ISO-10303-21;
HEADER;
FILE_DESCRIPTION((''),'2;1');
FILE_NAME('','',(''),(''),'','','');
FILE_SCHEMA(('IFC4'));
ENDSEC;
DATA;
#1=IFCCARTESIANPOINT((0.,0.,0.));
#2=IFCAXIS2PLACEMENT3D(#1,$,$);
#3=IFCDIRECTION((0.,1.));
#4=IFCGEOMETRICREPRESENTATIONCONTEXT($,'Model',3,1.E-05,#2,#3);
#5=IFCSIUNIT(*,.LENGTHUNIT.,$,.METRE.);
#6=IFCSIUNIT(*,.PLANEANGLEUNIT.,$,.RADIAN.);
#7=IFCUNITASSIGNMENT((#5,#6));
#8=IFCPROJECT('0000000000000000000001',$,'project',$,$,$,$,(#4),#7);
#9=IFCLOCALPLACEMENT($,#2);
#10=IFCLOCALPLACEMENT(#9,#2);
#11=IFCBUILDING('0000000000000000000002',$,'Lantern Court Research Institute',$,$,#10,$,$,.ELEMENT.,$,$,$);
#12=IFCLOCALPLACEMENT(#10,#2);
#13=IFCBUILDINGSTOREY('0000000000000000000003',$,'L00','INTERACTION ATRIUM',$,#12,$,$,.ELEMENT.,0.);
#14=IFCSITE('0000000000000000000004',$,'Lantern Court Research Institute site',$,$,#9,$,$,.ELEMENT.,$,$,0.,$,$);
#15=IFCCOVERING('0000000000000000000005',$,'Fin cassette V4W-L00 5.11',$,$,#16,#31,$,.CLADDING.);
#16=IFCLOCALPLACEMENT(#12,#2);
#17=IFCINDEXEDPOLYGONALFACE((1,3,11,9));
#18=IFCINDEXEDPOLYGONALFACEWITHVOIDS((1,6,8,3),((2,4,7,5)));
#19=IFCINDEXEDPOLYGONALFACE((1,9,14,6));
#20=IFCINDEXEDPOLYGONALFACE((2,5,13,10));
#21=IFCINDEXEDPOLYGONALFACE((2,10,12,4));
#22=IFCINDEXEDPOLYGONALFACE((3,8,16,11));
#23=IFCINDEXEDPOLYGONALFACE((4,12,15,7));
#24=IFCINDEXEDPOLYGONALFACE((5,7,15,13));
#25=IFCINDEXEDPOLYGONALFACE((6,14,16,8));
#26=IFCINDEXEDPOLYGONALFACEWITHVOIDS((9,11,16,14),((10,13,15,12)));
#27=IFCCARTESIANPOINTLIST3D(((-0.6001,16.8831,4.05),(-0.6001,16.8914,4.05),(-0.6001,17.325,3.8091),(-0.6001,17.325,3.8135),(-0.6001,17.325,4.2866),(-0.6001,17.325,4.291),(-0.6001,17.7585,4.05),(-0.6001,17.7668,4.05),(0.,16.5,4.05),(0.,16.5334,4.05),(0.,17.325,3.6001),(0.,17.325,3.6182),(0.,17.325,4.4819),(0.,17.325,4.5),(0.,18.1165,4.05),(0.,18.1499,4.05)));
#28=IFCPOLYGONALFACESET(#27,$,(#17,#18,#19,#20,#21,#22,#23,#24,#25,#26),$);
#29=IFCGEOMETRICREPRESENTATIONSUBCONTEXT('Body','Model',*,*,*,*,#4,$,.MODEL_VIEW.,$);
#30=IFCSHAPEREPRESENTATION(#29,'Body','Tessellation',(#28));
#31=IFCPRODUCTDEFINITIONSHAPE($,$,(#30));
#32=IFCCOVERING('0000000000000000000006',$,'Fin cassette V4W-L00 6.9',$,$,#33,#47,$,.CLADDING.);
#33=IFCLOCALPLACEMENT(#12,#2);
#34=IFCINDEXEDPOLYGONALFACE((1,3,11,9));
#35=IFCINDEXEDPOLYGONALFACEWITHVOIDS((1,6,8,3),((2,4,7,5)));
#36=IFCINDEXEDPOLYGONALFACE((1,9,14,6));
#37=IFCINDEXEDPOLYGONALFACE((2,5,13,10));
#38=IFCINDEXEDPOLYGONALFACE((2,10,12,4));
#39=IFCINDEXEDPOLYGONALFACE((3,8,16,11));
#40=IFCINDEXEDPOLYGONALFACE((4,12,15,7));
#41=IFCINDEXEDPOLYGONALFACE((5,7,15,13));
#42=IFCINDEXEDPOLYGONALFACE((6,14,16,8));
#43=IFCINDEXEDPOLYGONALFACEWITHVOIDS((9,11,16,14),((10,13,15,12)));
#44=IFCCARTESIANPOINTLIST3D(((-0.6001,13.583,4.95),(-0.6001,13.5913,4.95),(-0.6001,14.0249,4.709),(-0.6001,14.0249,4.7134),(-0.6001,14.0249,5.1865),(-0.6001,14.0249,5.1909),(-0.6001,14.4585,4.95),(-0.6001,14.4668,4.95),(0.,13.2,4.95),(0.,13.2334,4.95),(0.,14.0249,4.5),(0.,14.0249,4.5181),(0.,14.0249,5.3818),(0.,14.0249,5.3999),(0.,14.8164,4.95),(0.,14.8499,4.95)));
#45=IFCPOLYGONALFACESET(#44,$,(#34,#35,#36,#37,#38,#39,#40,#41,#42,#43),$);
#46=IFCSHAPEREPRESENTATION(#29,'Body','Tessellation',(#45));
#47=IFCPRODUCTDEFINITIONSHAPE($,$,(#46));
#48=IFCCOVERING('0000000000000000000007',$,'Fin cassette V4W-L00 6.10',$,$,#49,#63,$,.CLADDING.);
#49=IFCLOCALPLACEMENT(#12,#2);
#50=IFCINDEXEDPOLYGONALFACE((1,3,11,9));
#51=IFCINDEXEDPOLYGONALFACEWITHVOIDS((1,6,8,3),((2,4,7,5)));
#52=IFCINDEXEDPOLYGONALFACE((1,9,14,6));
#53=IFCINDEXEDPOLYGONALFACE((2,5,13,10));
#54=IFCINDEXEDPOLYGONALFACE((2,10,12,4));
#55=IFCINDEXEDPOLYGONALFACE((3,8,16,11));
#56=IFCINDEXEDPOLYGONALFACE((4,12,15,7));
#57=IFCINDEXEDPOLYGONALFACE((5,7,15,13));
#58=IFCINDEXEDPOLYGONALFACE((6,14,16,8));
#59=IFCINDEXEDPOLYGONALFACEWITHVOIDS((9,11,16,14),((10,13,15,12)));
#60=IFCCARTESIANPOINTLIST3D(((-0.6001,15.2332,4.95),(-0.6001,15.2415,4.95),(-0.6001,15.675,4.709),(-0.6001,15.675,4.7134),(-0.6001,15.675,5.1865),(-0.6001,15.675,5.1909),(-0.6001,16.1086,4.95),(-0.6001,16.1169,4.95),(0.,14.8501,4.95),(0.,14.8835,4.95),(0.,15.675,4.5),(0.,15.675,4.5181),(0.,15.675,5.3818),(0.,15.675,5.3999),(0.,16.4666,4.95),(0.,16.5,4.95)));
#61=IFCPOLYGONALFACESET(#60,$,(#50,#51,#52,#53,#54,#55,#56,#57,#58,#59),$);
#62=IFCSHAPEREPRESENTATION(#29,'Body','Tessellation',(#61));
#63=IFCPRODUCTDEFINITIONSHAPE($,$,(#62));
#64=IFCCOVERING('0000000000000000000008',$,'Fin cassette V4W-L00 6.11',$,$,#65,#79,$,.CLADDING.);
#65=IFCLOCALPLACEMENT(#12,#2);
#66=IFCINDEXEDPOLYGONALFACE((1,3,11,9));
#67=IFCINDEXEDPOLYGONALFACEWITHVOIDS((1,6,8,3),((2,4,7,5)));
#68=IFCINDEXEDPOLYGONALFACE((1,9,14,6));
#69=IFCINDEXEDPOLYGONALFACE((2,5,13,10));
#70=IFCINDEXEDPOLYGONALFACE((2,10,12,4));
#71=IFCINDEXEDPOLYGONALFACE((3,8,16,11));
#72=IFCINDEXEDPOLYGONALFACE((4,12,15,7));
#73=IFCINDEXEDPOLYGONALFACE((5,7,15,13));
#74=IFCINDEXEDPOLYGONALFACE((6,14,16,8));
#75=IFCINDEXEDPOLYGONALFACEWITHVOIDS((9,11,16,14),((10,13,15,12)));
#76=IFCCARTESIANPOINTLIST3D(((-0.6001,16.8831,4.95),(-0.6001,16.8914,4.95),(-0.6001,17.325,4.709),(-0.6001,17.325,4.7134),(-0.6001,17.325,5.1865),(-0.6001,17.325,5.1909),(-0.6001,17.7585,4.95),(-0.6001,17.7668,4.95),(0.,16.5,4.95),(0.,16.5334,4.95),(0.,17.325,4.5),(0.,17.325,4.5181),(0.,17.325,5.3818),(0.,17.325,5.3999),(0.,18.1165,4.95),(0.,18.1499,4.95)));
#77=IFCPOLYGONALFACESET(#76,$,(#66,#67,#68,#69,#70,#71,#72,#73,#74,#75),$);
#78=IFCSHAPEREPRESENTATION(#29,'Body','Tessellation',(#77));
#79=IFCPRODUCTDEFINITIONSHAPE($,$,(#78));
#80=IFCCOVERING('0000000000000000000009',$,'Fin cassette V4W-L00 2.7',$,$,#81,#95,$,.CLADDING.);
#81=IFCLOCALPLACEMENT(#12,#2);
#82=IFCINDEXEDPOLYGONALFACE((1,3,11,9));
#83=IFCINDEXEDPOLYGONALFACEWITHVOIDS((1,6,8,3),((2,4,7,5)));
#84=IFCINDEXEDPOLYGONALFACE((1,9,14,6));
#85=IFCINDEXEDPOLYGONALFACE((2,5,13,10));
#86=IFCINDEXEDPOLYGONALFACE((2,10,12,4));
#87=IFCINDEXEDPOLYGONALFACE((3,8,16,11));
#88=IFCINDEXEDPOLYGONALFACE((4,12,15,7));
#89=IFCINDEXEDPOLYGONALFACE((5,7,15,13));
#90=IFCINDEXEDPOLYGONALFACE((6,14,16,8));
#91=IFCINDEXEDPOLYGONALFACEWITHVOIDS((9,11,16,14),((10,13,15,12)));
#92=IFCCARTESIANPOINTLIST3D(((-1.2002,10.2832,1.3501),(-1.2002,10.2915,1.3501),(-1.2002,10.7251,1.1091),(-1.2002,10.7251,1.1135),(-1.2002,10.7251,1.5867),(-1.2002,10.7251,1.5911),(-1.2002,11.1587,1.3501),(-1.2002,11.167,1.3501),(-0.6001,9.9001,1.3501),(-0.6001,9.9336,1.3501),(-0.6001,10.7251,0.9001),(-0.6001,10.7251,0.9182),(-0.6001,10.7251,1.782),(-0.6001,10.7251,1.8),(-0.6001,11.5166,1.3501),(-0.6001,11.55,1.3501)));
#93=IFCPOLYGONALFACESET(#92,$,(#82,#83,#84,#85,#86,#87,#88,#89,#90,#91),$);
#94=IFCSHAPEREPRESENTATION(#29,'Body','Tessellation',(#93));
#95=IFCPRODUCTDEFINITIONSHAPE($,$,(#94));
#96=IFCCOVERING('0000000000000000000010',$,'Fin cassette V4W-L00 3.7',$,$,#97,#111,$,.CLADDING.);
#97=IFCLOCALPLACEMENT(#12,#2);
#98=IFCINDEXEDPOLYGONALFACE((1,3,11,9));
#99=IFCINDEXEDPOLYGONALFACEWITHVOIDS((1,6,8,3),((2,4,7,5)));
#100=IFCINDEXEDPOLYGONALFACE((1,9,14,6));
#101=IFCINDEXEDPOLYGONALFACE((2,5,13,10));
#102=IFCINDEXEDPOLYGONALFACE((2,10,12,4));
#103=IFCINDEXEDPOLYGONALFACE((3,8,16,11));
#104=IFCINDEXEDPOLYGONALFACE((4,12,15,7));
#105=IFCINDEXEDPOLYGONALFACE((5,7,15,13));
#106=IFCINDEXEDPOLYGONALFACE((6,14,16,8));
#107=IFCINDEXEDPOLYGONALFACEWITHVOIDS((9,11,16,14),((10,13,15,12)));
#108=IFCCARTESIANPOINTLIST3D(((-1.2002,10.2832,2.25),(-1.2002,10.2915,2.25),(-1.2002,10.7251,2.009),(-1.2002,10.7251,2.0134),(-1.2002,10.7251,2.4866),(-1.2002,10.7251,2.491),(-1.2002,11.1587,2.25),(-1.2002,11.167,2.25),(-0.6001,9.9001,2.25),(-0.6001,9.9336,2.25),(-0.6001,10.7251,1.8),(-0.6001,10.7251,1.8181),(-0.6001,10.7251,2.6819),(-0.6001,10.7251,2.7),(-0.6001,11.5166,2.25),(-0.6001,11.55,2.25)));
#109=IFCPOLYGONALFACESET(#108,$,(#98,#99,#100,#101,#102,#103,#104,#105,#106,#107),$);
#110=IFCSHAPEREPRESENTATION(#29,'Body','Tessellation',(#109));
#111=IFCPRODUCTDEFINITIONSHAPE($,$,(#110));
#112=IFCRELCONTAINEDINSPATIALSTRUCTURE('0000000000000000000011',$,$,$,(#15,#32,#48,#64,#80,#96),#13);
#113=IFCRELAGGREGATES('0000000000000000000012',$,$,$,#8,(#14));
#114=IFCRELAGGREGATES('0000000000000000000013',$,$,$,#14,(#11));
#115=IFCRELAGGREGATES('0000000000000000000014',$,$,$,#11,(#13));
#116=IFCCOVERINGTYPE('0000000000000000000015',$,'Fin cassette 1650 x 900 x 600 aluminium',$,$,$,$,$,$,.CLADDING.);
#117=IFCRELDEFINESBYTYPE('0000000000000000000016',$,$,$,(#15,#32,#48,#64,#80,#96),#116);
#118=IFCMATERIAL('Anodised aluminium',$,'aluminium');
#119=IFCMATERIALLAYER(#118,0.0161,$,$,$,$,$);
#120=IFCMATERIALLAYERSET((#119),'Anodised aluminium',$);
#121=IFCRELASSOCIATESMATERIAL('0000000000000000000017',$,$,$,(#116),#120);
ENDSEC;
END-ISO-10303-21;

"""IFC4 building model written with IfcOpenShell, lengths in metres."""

from ifc_helpers import new_model, entity, si_unit, direction, frame, origin, place, context, subcontext, project, spatial, material, layer, layer_set, type_object, element, save


model = new_model("IFC4")

# Units and contexts
model_context = context("Model", 3, precision=1e-05, world=origin(), true_north=direction((0.0, 1.0)))
body_context = subcontext(model_context, "Body", "Model", "MODEL_VIEW")
ifc_project = project(units=[si_unit("LENGTHUNIT", "METRE"), si_unit("PLANEANGLEUNIT", "RADIAN")], contexts=[model_context])

# Site, building, storey
site_placement = place(None, origin())
site = spatial("IfcSite", under=ifc_project, at=site_placement, Name="Lantern Court Research Institute site", CompositionType="ELEMENT", RefElevation=0.0)
building_placement = place(site_placement, origin())
building = spatial("IfcBuilding", under=site, at=building_placement, Name="Lantern Court Research Institute", CompositionType="ELEMENT")
storey_placement = place(building_placement, origin())
storey = spatial("IfcBuildingStorey", under=building, at=storey_placement, Name="L00", Description="INTERACTION ATRIUM", CompositionType="ELEMENT", Elevation=0.0)

# Coverings
ifc_material_1 = material(Name="Anodised aluminium", Category="aluminium")
ifc_layer_1 = layer(ifc_material_1, 0.0161)
ifc_layer_set_1 = layer_set([ifc_layer_1], Name="Anodised aluminium")
covering_type = type_object("IfcCoveringType", Name="Fin cassette 1650 x 900 x 600 aluminium", PredefinedType="CLADDING", material=ifc_layer_set_1)
covering_1_placement = place(storey_placement, frame((0.0, 17.325, 4.05), z_axis=(-1.0, 0.0, 0.0), x_axis=(0.0, -1.0, 0.0)))
cartesian_point_1 = entity("IfcCartesianPoint", [0.825, 0.0])
cartesian_point_2 = entity("IfcCartesianPoint", [0.7915, 0.0])
cartesian_point_3 = entity("IfcCartesianPoint", [0.4419, 0.0])
cartesian_point_4 = entity("IfcCartesianPoint", [0.4336, 0.0])
element("IfcCovering", 1, at=covering_1_placement, inside=storey, type_object=covering_type, Name="Fin cassette V4W-L00 5.11", PredefinedType="CLADDING", context=body_context, shape_type="SweptSolid", body=[
    entity("IfcExtrudedAreaSolidTapered", entity("IfcArbitraryProfileDefWithVoids", "AREA", None, entity("IfcPolyline", [cartesian_point_1, entity("IfcCartesianPoint", [0.0, 0.45]), entity("IfcCartesianPoint", [-0.825, 0.0]), entity("IfcCartesianPoint", [0.0, -0.45]), cartesian_point_1]), [entity("IfcPolyline", [cartesian_point_2, entity("IfcCartesianPoint", [0.0, 0.4319]), entity("IfcCartesianPoint", [-0.7915, 0.0]), entity("IfcCartesianPoint", [0.0, -0.4319]), cartesian_point_2])]), entity("IfcAxis2Placement3D", entity("IfcCartesianPoint", [0.0, 0.0, 0.0])), entity("IfcDirection", [0.0, 0.0, 1.0]), 0.6001, entity("IfcArbitraryProfileDefWithVoids", "AREA", None, entity("IfcPolyline", [cartesian_point_3, entity("IfcCartesianPoint", [0.0, 0.241]), entity("IfcCartesianPoint", [-0.4419, 0.0]), entity("IfcCartesianPoint", [0.0, -0.241]), cartesian_point_3]), [entity("IfcPolyline", [cartesian_point_4, entity("IfcCartesianPoint", [0.0, 0.2366]), entity("IfcCartesianPoint", [-0.4336, 0.0]), entity("IfcCartesianPoint", [0.0, -0.2366]), cartesian_point_4])])),
])
covering_2_placement = place(storey_placement, frame((0.0, 14.0249, 4.95), z_axis=(-1.0, 0.0, 0.0), x_axis=(0.0, -1.0, 0.0)))
cartesian_point_5 = entity("IfcCartesianPoint", [0.825, 0.0])
cartesian_point_6 = entity("IfcCartesianPoint", [0.7915, 0.0])
cartesian_point_7 = entity("IfcCartesianPoint", [0.4419, 0.0])
cartesian_point_8 = entity("IfcCartesianPoint", [0.4336, 0.0])
element("IfcCovering", 2, at=covering_2_placement, inside=storey, type_object=covering_type, Name="Fin cassette V4W-L00 6.9", PredefinedType="CLADDING", context=body_context, shape_type="SweptSolid", body=[
    entity("IfcExtrudedAreaSolidTapered", entity("IfcArbitraryProfileDefWithVoids", "AREA", None, entity("IfcPolyline", [cartesian_point_5, entity("IfcCartesianPoint", [0.0, 0.45]), entity("IfcCartesianPoint", [-0.825, 0.0]), entity("IfcCartesianPoint", [0.0, -0.45]), cartesian_point_5]), [entity("IfcPolyline", [cartesian_point_6, entity("IfcCartesianPoint", [0.0, 0.4319]), entity("IfcCartesianPoint", [-0.7915, 0.0]), entity("IfcCartesianPoint", [0.0, -0.4319]), cartesian_point_6])]), entity("IfcAxis2Placement3D", entity("IfcCartesianPoint", [0.0, 0.0, 0.0])), entity("IfcDirection", [0.0, 0.0, 1.0]), 0.6001, entity("IfcArbitraryProfileDefWithVoids", "AREA", None, entity("IfcPolyline", [cartesian_point_7, entity("IfcCartesianPoint", [0.0, 0.241]), entity("IfcCartesianPoint", [-0.4419, 0.0]), entity("IfcCartesianPoint", [0.0, -0.241]), cartesian_point_7]), [entity("IfcPolyline", [cartesian_point_8, entity("IfcCartesianPoint", [0.0, 0.2366]), entity("IfcCartesianPoint", [-0.4336, 0.0]), entity("IfcCartesianPoint", [0.0, -0.2366]), cartesian_point_8])])),
])
covering_3_placement = place(storey_placement, frame((0.0, 15.675, 4.95), z_axis=(-1.0, 0.0, 0.0), x_axis=(0.0, -1.0, 0.0)))
cartesian_point_9 = entity("IfcCartesianPoint", [0.825, 0.0])
cartesian_point_10 = entity("IfcCartesianPoint", [0.7915, 0.0])
cartesian_point_11 = entity("IfcCartesianPoint", [0.4419, 0.0])
cartesian_point_12 = entity("IfcCartesianPoint", [0.4336, 0.0])
element("IfcCovering", 3, at=covering_3_placement, inside=storey, type_object=covering_type, Name="Fin cassette V4W-L00 6.10", PredefinedType="CLADDING", context=body_context, shape_type="SweptSolid", body=[
    entity("IfcExtrudedAreaSolidTapered", entity("IfcArbitraryProfileDefWithVoids", "AREA", None, entity("IfcPolyline", [cartesian_point_9, entity("IfcCartesianPoint", [0.0, 0.45]), entity("IfcCartesianPoint", [-0.825, 0.0]), entity("IfcCartesianPoint", [0.0, -0.45]), cartesian_point_9]), [entity("IfcPolyline", [cartesian_point_10, entity("IfcCartesianPoint", [0.0, 0.4319]), entity("IfcCartesianPoint", [-0.7915, 0.0]), entity("IfcCartesianPoint", [0.0, -0.4319]), cartesian_point_10])]), entity("IfcAxis2Placement3D", entity("IfcCartesianPoint", [0.0, 0.0, 0.0])), entity("IfcDirection", [0.0, 0.0, 1.0]), 0.6001, entity("IfcArbitraryProfileDefWithVoids", "AREA", None, entity("IfcPolyline", [cartesian_point_11, entity("IfcCartesianPoint", [0.0, 0.241]), entity("IfcCartesianPoint", [-0.4419, 0.0]), entity("IfcCartesianPoint", [0.0, -0.241]), cartesian_point_11]), [entity("IfcPolyline", [cartesian_point_12, entity("IfcCartesianPoint", [0.0, 0.2366]), entity("IfcCartesianPoint", [-0.4336, 0.0]), entity("IfcCartesianPoint", [0.0, -0.2366]), cartesian_point_12])])),
])
covering_4_placement = place(storey_placement, frame((0.0, 17.325, 4.95), z_axis=(-1.0, 0.0, 0.0), x_axis=(0.0, -1.0, 0.0)))
cartesian_point_13 = entity("IfcCartesianPoint", [0.825, 0.0])
cartesian_point_14 = entity("IfcCartesianPoint", [0.7915, 0.0])
cartesian_point_15 = entity("IfcCartesianPoint", [0.4419, 0.0])
cartesian_point_16 = entity("IfcCartesianPoint", [0.4336, 0.0])
element("IfcCovering", 4, at=covering_4_placement, inside=storey, type_object=covering_type, Name="Fin cassette V4W-L00 6.11", PredefinedType="CLADDING", context=body_context, shape_type="SweptSolid", body=[
    entity("IfcExtrudedAreaSolidTapered", entity("IfcArbitraryProfileDefWithVoids", "AREA", None, entity("IfcPolyline", [cartesian_point_13, entity("IfcCartesianPoint", [0.0, 0.45]), entity("IfcCartesianPoint", [-0.825, 0.0]), entity("IfcCartesianPoint", [0.0, -0.45]), cartesian_point_13]), [entity("IfcPolyline", [cartesian_point_14, entity("IfcCartesianPoint", [0.0, 0.4319]), entity("IfcCartesianPoint", [-0.7915, 0.0]), entity("IfcCartesianPoint", [0.0, -0.4319]), cartesian_point_14])]), entity("IfcAxis2Placement3D", entity("IfcCartesianPoint", [0.0, 0.0, 0.0])), entity("IfcDirection", [0.0, 0.0, 1.0]), 0.6001, entity("IfcArbitraryProfileDefWithVoids", "AREA", None, entity("IfcPolyline", [cartesian_point_15, entity("IfcCartesianPoint", [0.0, 0.241]), entity("IfcCartesianPoint", [-0.4419, 0.0]), entity("IfcCartesianPoint", [0.0, -0.241]), cartesian_point_15]), [entity("IfcPolyline", [cartesian_point_16, entity("IfcCartesianPoint", [0.0, 0.2366]), entity("IfcCartesianPoint", [-0.4336, 0.0]), entity("IfcCartesianPoint", [0.0, -0.2366]), cartesian_point_16])])),
])
covering_5_placement = place(storey_placement, frame((-0.6001, 10.7251, 1.3501), z_axis=(-1.0, 0.0, 0.0), x_axis=(0.0, -1.0, 0.0)))
cartesian_point_17 = entity("IfcCartesianPoint", [0.825, 0.0])
cartesian_point_18 = entity("IfcCartesianPoint", [0.7915, 0.0])
cartesian_point_19 = entity("IfcCartesianPoint", [0.4419, 0.0])
cartesian_point_20 = entity("IfcCartesianPoint", [0.4336, 0.0])
element("IfcCovering", 5, at=covering_5_placement, inside=storey, type_object=covering_type, Name="Fin cassette V4W-L00 2.7", PredefinedType="CLADDING", context=body_context, shape_type="SweptSolid", body=[
    entity("IfcExtrudedAreaSolidTapered", entity("IfcArbitraryProfileDefWithVoids", "AREA", None, entity("IfcPolyline", [cartesian_point_17, entity("IfcCartesianPoint", [0.0, 0.45]), entity("IfcCartesianPoint", [-0.825, 0.0]), entity("IfcCartesianPoint", [0.0, -0.45]), cartesian_point_17]), [entity("IfcPolyline", [cartesian_point_18, entity("IfcCartesianPoint", [0.0, 0.4319]), entity("IfcCartesianPoint", [-0.7915, 0.0]), entity("IfcCartesianPoint", [0.0, -0.4319]), cartesian_point_18])]), entity("IfcAxis2Placement3D", entity("IfcCartesianPoint", [0.0, 0.0, 0.0])), entity("IfcDirection", [0.0, 0.0, 1.0]), 0.6001, entity("IfcArbitraryProfileDefWithVoids", "AREA", None, entity("IfcPolyline", [cartesian_point_19, entity("IfcCartesianPoint", [0.0, 0.241]), entity("IfcCartesianPoint", [-0.4419, 0.0]), entity("IfcCartesianPoint", [0.0, -0.241]), cartesian_point_19]), [entity("IfcPolyline", [cartesian_point_20, entity("IfcCartesianPoint", [0.0, 0.2366]), entity("IfcCartesianPoint", [-0.4336, 0.0]), entity("IfcCartesianPoint", [0.0, -0.2366]), cartesian_point_20])])),
])
covering_6_placement = place(storey_placement, frame((-0.6001, 10.7251, 2.25), z_axis=(-1.0, 0.0, 0.0), x_axis=(0.0, -1.0, 0.0)))
cartesian_point_21 = entity("IfcCartesianPoint", [0.825, 0.0])
cartesian_point_22 = entity("IfcCartesianPoint", [0.7915, 0.0])
cartesian_point_23 = entity("IfcCartesianPoint", [0.4419, 0.0])
cartesian_point_24 = entity("IfcCartesianPoint", [0.4336, 0.0])
element("IfcCovering", 6, at=covering_6_placement, inside=storey, type_object=covering_type, Name="Fin cassette V4W-L00 3.7", PredefinedType="CLADDING", context=body_context, shape_type="SweptSolid", body=[
    entity("IfcExtrudedAreaSolidTapered", entity("IfcArbitraryProfileDefWithVoids", "AREA", None, entity("IfcPolyline", [cartesian_point_21, entity("IfcCartesianPoint", [0.0, 0.45]), entity("IfcCartesianPoint", [-0.825, 0.0]), entity("IfcCartesianPoint", [0.0, -0.45]), cartesian_point_21]), [entity("IfcPolyline", [cartesian_point_22, entity("IfcCartesianPoint", [0.0, 0.4319]), entity("IfcCartesianPoint", [-0.7915, 0.0]), entity("IfcCartesianPoint", [0.0, -0.4319]), cartesian_point_22])]), entity("IfcAxis2Placement3D", entity("IfcCartesianPoint", [0.0, 0.0, 0.0])), entity("IfcDirection", [0.0, 0.0, 1.0]), 0.6001, entity("IfcArbitraryProfileDefWithVoids", "AREA", None, entity("IfcPolyline", [cartesian_point_23, entity("IfcCartesianPoint", [0.0, 0.241]), entity("IfcCartesianPoint", [-0.4419, 0.0]), entity("IfcCartesianPoint", [0.0, -0.241]), cartesian_point_23]), [entity("IfcPolyline", [cartesian_point_24, entity("IfcCartesianPoint", [0.0, 0.2366]), entity("IfcCartesianPoint", [-0.4336, 0.0]), entity("IfcCartesianPoint", [0.0, -0.2366]), cartesian_point_24])])),
])

save(model, "model.ifc")
